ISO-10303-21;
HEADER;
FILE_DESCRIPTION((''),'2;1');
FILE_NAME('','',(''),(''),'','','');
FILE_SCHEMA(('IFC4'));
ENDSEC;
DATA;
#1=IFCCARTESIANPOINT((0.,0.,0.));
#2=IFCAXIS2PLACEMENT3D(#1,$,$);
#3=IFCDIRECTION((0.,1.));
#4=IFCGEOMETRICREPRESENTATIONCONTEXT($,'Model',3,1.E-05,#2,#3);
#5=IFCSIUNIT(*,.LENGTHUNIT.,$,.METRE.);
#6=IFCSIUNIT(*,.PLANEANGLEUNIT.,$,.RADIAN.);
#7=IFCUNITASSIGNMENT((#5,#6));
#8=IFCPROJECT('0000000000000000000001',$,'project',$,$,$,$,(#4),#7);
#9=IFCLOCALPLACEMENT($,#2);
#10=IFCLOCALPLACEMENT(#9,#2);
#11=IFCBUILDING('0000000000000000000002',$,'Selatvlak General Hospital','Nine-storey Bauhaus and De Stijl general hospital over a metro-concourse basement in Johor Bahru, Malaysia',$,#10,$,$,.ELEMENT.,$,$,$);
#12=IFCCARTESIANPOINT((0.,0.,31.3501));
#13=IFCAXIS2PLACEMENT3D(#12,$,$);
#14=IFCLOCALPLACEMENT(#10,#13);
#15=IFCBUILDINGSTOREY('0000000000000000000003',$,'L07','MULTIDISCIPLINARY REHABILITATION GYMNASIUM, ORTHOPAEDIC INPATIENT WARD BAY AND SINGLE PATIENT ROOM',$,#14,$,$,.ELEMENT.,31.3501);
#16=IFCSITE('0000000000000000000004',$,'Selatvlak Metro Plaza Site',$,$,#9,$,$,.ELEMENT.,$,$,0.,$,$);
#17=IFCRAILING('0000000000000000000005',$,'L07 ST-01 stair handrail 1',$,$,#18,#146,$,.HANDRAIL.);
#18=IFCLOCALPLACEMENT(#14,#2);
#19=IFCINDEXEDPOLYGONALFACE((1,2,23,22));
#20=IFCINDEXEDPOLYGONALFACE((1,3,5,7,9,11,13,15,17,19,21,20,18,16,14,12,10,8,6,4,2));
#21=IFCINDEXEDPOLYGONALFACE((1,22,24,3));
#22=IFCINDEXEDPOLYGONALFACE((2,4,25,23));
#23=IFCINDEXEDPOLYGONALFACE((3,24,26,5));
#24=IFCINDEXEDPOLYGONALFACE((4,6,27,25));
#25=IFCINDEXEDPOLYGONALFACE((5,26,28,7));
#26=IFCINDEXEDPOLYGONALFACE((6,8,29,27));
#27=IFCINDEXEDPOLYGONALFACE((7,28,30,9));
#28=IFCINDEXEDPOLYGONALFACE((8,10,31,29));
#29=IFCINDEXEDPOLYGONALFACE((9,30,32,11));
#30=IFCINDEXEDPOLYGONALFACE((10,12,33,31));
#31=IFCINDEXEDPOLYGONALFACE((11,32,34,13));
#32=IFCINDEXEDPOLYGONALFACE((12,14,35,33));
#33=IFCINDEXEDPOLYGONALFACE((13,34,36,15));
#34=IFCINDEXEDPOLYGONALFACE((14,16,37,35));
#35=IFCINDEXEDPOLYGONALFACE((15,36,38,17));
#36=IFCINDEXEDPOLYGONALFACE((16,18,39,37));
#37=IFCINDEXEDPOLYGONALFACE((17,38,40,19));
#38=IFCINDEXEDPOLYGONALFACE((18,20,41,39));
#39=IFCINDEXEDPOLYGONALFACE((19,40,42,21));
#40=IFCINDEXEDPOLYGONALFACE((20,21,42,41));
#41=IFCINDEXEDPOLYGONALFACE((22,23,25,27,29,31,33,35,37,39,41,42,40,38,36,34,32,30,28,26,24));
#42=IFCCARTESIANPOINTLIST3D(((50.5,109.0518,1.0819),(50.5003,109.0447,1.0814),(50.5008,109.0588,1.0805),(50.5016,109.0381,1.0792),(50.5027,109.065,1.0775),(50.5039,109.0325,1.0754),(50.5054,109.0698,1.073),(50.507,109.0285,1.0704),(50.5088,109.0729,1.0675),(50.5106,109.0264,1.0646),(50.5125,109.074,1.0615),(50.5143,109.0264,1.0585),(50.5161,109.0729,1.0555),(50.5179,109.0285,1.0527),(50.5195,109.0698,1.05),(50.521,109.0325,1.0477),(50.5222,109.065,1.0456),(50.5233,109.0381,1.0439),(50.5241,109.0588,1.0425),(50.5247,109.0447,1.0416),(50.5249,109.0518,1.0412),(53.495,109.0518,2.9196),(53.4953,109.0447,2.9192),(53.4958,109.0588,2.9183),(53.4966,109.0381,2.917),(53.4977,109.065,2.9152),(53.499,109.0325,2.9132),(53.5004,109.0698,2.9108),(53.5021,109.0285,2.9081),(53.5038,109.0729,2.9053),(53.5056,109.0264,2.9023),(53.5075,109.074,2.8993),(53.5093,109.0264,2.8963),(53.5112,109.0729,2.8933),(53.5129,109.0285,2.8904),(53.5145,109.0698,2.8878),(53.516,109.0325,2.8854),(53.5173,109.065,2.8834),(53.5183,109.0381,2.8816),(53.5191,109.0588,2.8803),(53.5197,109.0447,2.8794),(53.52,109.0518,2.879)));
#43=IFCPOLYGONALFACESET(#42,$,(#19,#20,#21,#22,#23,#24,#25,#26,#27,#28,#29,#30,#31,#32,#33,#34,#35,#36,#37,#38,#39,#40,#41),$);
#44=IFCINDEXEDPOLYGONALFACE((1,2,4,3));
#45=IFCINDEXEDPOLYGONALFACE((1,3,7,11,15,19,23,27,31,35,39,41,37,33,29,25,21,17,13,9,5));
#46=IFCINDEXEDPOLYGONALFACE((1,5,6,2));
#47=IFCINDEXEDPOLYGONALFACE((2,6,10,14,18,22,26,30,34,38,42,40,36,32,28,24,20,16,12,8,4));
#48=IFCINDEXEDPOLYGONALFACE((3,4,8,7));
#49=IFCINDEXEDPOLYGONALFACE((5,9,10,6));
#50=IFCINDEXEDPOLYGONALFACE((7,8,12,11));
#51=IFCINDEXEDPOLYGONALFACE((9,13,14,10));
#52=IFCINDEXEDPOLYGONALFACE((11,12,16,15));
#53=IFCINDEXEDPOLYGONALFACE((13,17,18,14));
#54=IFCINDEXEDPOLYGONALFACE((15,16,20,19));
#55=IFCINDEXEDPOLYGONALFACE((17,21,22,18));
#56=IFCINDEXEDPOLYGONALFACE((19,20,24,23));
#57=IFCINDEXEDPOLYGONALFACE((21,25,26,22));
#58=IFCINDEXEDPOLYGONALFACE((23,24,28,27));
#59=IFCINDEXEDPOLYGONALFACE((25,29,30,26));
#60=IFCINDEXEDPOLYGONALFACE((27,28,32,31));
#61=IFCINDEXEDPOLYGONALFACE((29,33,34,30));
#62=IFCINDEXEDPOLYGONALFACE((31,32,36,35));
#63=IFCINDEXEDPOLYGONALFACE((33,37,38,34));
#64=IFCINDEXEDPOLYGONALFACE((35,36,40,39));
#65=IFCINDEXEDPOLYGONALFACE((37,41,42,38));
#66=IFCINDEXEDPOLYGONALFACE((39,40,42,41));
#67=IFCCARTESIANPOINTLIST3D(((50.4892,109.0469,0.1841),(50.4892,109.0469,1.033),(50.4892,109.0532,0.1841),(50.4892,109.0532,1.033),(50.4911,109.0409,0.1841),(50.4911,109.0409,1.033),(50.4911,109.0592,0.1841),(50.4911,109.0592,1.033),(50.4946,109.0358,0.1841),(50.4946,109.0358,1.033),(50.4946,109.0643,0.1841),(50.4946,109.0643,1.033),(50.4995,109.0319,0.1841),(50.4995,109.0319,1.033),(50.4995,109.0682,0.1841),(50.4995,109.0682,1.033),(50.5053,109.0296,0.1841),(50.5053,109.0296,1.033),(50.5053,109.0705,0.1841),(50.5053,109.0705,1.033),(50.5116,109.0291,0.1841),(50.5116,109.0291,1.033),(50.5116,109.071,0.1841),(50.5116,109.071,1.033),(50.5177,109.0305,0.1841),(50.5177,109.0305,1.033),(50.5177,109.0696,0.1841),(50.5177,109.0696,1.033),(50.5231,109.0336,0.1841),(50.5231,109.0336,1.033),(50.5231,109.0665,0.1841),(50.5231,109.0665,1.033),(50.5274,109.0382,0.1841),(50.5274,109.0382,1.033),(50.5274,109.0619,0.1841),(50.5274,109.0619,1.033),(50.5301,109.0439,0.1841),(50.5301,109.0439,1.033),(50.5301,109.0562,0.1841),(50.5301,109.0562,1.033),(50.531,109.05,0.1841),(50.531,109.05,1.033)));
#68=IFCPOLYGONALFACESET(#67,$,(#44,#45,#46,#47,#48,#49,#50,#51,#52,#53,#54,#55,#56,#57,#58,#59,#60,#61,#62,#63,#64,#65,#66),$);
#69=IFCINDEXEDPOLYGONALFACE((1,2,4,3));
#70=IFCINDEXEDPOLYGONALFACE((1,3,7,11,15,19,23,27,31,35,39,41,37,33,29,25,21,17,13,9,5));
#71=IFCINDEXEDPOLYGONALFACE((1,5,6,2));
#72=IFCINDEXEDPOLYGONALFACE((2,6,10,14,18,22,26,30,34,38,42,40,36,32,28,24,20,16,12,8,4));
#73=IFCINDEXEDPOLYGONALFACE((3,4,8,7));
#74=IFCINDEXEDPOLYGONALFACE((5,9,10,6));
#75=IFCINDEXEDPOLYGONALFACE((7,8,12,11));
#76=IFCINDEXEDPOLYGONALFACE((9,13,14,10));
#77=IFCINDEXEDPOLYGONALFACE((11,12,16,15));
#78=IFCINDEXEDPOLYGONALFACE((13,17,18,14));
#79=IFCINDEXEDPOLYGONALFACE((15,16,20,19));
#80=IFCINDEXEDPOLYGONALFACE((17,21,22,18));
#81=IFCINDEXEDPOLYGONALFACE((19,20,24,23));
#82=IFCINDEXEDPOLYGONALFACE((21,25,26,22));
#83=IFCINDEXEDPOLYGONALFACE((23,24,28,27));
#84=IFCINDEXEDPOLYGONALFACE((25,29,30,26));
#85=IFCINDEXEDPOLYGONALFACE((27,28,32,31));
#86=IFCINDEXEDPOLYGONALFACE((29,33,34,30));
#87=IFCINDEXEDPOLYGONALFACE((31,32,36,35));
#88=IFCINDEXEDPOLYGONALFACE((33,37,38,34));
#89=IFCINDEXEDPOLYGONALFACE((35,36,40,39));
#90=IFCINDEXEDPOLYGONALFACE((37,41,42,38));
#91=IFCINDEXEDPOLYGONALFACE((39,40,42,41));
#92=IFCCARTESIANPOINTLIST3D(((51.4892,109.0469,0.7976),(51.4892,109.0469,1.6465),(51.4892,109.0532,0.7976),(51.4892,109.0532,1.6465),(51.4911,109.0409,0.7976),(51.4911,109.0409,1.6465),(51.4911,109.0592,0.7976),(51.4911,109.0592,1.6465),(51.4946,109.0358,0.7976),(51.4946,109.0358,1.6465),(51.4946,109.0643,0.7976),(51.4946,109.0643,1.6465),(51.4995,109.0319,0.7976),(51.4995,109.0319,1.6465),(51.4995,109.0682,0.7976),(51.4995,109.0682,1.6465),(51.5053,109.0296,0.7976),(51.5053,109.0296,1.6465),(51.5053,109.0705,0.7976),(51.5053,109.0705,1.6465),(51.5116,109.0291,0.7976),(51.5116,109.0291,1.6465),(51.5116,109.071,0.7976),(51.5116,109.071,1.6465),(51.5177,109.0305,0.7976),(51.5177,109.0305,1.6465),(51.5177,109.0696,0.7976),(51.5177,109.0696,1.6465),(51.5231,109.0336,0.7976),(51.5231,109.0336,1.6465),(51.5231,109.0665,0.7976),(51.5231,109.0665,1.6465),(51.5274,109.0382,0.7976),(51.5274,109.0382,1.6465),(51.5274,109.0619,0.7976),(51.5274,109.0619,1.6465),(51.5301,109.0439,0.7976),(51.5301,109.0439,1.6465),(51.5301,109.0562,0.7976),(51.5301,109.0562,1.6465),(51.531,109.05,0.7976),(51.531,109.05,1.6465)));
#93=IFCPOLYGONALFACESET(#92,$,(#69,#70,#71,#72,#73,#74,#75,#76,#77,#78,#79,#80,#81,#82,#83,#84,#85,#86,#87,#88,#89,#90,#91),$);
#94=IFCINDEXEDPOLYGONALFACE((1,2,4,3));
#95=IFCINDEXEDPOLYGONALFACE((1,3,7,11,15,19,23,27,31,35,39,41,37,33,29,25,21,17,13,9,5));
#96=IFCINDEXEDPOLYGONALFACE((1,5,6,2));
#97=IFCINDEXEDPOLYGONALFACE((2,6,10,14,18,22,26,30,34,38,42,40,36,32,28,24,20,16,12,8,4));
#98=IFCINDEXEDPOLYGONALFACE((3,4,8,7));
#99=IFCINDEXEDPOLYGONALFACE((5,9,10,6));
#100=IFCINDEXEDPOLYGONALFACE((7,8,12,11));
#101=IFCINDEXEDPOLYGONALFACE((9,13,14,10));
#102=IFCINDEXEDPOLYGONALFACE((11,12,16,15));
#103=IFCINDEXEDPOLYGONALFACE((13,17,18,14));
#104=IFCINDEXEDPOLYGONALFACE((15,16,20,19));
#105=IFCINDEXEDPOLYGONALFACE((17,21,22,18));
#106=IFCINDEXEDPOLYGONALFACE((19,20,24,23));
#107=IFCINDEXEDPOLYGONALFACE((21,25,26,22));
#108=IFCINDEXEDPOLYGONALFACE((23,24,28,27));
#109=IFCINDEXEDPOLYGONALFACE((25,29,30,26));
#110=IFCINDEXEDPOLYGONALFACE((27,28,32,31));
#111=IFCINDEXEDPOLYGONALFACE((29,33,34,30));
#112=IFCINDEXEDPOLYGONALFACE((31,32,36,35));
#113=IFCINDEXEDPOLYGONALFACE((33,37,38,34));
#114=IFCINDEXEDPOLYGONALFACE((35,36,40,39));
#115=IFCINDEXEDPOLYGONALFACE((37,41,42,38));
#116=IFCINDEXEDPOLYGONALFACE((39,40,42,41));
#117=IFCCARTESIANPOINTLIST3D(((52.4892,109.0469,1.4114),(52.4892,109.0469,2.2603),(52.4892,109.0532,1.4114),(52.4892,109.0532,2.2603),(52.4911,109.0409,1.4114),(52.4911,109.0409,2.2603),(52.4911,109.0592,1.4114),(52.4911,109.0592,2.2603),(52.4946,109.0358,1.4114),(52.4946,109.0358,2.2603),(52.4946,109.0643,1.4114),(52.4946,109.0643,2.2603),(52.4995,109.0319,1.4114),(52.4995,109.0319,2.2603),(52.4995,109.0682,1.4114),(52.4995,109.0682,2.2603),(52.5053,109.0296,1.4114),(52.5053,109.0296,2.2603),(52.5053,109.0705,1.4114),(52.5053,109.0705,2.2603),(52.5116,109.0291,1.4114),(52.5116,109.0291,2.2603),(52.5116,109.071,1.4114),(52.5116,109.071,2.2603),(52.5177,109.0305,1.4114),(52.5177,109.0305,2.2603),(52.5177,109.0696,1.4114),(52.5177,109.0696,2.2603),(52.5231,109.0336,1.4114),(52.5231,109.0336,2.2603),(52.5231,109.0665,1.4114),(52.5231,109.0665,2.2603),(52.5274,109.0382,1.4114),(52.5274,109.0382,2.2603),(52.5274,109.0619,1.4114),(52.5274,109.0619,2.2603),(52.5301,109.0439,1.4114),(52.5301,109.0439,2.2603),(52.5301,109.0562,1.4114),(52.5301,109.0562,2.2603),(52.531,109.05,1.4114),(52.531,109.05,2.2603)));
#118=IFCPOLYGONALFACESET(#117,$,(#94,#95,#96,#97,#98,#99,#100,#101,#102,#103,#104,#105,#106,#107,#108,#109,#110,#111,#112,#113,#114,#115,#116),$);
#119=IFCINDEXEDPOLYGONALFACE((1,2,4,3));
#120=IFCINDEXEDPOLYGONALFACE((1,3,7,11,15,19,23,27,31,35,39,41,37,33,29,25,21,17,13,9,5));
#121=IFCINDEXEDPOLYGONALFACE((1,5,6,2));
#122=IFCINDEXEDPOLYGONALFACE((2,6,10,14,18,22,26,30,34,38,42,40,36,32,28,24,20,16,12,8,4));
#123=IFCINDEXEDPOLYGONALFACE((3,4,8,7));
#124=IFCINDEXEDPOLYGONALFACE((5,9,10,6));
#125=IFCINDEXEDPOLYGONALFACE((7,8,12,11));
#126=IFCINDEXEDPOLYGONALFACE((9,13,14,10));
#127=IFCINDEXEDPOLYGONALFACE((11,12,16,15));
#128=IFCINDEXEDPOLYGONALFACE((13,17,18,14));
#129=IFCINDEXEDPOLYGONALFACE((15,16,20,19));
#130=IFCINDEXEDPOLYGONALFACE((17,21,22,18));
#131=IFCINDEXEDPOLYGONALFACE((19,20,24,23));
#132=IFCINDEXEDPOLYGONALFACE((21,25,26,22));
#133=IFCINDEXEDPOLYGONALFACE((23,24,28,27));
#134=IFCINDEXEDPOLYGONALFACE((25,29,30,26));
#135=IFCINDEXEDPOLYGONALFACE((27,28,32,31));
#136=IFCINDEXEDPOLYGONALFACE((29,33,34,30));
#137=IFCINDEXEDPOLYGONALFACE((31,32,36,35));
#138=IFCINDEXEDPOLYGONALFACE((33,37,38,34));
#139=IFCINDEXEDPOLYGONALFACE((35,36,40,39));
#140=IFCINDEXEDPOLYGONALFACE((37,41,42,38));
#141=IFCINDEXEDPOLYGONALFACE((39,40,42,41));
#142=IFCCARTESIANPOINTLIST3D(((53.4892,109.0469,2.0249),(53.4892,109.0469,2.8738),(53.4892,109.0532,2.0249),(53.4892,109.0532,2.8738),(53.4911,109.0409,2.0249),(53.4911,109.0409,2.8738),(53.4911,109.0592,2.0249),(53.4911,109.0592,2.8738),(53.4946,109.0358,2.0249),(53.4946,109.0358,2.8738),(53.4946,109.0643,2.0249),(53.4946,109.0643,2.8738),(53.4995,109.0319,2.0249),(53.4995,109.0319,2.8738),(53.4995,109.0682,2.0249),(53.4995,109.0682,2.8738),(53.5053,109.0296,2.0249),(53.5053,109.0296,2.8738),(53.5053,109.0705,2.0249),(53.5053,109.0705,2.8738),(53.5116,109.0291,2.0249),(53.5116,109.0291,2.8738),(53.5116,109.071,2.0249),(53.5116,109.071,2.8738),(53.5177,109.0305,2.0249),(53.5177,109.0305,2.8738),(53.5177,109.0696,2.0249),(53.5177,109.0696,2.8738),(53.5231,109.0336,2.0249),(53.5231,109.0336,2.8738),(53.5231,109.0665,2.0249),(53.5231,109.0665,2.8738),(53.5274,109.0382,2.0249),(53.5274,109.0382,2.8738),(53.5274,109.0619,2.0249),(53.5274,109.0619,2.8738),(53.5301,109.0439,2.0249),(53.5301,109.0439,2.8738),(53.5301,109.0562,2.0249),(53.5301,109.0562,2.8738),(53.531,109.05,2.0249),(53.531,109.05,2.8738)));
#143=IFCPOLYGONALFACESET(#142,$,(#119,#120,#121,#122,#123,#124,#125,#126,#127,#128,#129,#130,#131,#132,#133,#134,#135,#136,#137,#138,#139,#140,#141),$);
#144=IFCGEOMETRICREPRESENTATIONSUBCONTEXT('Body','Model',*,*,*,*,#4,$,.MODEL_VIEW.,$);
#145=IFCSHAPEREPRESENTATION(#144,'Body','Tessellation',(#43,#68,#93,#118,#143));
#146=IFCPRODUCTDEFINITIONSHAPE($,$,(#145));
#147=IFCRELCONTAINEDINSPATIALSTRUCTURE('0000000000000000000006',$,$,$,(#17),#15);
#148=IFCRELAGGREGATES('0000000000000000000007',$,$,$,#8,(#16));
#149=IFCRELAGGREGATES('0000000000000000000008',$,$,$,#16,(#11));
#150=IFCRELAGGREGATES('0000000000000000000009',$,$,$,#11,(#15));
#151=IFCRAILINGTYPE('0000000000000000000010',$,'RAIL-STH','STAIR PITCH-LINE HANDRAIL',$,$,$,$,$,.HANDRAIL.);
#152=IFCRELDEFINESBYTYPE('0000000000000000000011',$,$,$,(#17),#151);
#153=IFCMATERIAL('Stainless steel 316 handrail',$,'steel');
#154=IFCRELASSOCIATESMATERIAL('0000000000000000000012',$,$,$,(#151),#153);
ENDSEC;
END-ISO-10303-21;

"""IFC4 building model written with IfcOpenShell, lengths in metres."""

from ifc_helpers import new_model, si_unit, direction, frame, origin, origin_2d, place, context, subcontext, project, spatial, circle, extrude, material, type_object, element, save


model = new_model("IFC4")

# Units and contexts
model_context = context("Model", 3, precision=1e-05, world=origin(), true_north=direction((0.0, 1.0)))
body_context = subcontext(model_context, "Body", "Model", "MODEL_VIEW")
ifc_project = project(units=[si_unit("LENGTHUNIT", "METRE"), si_unit("PLANEANGLEUNIT", "RADIAN")], contexts=[model_context])

# Site, building, storey
site_placement = place(None, origin())
site = spatial("IfcSite", under=ifc_project, at=site_placement, Name="Selatvlak Metro Plaza Site", CompositionType="ELEMENT", RefElevation=0.0)
building_placement = place(site_placement, origin())
building = spatial("IfcBuilding", under=site, at=building_placement, Name="Selatvlak General Hospital", Description="Nine-storey Bauhaus and De Stijl general hospital over a metro-concourse basement in Johor Bahru, Malaysia", CompositionType="ELEMENT")
storey_placement = place(building_placement, frame((0.0, 0.0, 31.3501)))
storey = spatial("IfcBuildingStorey", under=building, at=storey_placement, Name="L07", Description="MULTIDISCIPLINARY REHABILITATION GYMNASIUM, ORTHOPAEDIC INPATIENT WARD BAY AND SINGLE PATIENT ROOM", CompositionType="ELEMENT", Elevation=31.3501)

# Railing
ifc_material_1 = material(Name="Stainless steel 316 handrail", Category="steel")
railing_type_1 = type_object("IfcRailingType", Name="RAIL-STH", Description="STAIR PITCH-LINE HANDRAIL", PredefinedType="HANDRAIL", material=ifc_material_1)
railing_1_placement = place(storey_placement, frame((50.51, 109.05, 0.1841)))
element("IfcRailing", 1, at=railing_1_placement, inside=storey, type_object=railing_type_1, Name="L07 ST-01 stair handrail 1", PredefinedType="HANDRAIL", context=body_context, shape_type="SweptSolid", body=[
    extrude(circle(Radius=0.0239, at=origin_2d()), frame((0.0024, 0.0, 0.8774), z_axis=(0.852334, 0.0, 0.522998), x_axis=(0.0, 1.0, 0.0)), (0.0, 0.0, 1.0), 3.5139),
    extrude(circle(Radius=0.021, at=origin_2d()), origin(), (0.0, 0.0, 1.0), 0.8489),
    extrude(circle(Radius=0.021, at=origin_2d()), frame((1.0, 0.0, 0.6135)), (0.0, 0.0, 1.0), 0.8489),
    extrude(circle(Radius=0.021, at=origin_2d()), frame((2.0, 0.0, 1.2273)), (0.0, 0.0, 1.0), 0.8489),
    extrude(circle(Radius=0.021, at=origin_2d()), frame((3.0, 0.0, 1.8408)), (0.0, 0.0, 1.0), 0.8489),
])

save(model, "model.ifc")
